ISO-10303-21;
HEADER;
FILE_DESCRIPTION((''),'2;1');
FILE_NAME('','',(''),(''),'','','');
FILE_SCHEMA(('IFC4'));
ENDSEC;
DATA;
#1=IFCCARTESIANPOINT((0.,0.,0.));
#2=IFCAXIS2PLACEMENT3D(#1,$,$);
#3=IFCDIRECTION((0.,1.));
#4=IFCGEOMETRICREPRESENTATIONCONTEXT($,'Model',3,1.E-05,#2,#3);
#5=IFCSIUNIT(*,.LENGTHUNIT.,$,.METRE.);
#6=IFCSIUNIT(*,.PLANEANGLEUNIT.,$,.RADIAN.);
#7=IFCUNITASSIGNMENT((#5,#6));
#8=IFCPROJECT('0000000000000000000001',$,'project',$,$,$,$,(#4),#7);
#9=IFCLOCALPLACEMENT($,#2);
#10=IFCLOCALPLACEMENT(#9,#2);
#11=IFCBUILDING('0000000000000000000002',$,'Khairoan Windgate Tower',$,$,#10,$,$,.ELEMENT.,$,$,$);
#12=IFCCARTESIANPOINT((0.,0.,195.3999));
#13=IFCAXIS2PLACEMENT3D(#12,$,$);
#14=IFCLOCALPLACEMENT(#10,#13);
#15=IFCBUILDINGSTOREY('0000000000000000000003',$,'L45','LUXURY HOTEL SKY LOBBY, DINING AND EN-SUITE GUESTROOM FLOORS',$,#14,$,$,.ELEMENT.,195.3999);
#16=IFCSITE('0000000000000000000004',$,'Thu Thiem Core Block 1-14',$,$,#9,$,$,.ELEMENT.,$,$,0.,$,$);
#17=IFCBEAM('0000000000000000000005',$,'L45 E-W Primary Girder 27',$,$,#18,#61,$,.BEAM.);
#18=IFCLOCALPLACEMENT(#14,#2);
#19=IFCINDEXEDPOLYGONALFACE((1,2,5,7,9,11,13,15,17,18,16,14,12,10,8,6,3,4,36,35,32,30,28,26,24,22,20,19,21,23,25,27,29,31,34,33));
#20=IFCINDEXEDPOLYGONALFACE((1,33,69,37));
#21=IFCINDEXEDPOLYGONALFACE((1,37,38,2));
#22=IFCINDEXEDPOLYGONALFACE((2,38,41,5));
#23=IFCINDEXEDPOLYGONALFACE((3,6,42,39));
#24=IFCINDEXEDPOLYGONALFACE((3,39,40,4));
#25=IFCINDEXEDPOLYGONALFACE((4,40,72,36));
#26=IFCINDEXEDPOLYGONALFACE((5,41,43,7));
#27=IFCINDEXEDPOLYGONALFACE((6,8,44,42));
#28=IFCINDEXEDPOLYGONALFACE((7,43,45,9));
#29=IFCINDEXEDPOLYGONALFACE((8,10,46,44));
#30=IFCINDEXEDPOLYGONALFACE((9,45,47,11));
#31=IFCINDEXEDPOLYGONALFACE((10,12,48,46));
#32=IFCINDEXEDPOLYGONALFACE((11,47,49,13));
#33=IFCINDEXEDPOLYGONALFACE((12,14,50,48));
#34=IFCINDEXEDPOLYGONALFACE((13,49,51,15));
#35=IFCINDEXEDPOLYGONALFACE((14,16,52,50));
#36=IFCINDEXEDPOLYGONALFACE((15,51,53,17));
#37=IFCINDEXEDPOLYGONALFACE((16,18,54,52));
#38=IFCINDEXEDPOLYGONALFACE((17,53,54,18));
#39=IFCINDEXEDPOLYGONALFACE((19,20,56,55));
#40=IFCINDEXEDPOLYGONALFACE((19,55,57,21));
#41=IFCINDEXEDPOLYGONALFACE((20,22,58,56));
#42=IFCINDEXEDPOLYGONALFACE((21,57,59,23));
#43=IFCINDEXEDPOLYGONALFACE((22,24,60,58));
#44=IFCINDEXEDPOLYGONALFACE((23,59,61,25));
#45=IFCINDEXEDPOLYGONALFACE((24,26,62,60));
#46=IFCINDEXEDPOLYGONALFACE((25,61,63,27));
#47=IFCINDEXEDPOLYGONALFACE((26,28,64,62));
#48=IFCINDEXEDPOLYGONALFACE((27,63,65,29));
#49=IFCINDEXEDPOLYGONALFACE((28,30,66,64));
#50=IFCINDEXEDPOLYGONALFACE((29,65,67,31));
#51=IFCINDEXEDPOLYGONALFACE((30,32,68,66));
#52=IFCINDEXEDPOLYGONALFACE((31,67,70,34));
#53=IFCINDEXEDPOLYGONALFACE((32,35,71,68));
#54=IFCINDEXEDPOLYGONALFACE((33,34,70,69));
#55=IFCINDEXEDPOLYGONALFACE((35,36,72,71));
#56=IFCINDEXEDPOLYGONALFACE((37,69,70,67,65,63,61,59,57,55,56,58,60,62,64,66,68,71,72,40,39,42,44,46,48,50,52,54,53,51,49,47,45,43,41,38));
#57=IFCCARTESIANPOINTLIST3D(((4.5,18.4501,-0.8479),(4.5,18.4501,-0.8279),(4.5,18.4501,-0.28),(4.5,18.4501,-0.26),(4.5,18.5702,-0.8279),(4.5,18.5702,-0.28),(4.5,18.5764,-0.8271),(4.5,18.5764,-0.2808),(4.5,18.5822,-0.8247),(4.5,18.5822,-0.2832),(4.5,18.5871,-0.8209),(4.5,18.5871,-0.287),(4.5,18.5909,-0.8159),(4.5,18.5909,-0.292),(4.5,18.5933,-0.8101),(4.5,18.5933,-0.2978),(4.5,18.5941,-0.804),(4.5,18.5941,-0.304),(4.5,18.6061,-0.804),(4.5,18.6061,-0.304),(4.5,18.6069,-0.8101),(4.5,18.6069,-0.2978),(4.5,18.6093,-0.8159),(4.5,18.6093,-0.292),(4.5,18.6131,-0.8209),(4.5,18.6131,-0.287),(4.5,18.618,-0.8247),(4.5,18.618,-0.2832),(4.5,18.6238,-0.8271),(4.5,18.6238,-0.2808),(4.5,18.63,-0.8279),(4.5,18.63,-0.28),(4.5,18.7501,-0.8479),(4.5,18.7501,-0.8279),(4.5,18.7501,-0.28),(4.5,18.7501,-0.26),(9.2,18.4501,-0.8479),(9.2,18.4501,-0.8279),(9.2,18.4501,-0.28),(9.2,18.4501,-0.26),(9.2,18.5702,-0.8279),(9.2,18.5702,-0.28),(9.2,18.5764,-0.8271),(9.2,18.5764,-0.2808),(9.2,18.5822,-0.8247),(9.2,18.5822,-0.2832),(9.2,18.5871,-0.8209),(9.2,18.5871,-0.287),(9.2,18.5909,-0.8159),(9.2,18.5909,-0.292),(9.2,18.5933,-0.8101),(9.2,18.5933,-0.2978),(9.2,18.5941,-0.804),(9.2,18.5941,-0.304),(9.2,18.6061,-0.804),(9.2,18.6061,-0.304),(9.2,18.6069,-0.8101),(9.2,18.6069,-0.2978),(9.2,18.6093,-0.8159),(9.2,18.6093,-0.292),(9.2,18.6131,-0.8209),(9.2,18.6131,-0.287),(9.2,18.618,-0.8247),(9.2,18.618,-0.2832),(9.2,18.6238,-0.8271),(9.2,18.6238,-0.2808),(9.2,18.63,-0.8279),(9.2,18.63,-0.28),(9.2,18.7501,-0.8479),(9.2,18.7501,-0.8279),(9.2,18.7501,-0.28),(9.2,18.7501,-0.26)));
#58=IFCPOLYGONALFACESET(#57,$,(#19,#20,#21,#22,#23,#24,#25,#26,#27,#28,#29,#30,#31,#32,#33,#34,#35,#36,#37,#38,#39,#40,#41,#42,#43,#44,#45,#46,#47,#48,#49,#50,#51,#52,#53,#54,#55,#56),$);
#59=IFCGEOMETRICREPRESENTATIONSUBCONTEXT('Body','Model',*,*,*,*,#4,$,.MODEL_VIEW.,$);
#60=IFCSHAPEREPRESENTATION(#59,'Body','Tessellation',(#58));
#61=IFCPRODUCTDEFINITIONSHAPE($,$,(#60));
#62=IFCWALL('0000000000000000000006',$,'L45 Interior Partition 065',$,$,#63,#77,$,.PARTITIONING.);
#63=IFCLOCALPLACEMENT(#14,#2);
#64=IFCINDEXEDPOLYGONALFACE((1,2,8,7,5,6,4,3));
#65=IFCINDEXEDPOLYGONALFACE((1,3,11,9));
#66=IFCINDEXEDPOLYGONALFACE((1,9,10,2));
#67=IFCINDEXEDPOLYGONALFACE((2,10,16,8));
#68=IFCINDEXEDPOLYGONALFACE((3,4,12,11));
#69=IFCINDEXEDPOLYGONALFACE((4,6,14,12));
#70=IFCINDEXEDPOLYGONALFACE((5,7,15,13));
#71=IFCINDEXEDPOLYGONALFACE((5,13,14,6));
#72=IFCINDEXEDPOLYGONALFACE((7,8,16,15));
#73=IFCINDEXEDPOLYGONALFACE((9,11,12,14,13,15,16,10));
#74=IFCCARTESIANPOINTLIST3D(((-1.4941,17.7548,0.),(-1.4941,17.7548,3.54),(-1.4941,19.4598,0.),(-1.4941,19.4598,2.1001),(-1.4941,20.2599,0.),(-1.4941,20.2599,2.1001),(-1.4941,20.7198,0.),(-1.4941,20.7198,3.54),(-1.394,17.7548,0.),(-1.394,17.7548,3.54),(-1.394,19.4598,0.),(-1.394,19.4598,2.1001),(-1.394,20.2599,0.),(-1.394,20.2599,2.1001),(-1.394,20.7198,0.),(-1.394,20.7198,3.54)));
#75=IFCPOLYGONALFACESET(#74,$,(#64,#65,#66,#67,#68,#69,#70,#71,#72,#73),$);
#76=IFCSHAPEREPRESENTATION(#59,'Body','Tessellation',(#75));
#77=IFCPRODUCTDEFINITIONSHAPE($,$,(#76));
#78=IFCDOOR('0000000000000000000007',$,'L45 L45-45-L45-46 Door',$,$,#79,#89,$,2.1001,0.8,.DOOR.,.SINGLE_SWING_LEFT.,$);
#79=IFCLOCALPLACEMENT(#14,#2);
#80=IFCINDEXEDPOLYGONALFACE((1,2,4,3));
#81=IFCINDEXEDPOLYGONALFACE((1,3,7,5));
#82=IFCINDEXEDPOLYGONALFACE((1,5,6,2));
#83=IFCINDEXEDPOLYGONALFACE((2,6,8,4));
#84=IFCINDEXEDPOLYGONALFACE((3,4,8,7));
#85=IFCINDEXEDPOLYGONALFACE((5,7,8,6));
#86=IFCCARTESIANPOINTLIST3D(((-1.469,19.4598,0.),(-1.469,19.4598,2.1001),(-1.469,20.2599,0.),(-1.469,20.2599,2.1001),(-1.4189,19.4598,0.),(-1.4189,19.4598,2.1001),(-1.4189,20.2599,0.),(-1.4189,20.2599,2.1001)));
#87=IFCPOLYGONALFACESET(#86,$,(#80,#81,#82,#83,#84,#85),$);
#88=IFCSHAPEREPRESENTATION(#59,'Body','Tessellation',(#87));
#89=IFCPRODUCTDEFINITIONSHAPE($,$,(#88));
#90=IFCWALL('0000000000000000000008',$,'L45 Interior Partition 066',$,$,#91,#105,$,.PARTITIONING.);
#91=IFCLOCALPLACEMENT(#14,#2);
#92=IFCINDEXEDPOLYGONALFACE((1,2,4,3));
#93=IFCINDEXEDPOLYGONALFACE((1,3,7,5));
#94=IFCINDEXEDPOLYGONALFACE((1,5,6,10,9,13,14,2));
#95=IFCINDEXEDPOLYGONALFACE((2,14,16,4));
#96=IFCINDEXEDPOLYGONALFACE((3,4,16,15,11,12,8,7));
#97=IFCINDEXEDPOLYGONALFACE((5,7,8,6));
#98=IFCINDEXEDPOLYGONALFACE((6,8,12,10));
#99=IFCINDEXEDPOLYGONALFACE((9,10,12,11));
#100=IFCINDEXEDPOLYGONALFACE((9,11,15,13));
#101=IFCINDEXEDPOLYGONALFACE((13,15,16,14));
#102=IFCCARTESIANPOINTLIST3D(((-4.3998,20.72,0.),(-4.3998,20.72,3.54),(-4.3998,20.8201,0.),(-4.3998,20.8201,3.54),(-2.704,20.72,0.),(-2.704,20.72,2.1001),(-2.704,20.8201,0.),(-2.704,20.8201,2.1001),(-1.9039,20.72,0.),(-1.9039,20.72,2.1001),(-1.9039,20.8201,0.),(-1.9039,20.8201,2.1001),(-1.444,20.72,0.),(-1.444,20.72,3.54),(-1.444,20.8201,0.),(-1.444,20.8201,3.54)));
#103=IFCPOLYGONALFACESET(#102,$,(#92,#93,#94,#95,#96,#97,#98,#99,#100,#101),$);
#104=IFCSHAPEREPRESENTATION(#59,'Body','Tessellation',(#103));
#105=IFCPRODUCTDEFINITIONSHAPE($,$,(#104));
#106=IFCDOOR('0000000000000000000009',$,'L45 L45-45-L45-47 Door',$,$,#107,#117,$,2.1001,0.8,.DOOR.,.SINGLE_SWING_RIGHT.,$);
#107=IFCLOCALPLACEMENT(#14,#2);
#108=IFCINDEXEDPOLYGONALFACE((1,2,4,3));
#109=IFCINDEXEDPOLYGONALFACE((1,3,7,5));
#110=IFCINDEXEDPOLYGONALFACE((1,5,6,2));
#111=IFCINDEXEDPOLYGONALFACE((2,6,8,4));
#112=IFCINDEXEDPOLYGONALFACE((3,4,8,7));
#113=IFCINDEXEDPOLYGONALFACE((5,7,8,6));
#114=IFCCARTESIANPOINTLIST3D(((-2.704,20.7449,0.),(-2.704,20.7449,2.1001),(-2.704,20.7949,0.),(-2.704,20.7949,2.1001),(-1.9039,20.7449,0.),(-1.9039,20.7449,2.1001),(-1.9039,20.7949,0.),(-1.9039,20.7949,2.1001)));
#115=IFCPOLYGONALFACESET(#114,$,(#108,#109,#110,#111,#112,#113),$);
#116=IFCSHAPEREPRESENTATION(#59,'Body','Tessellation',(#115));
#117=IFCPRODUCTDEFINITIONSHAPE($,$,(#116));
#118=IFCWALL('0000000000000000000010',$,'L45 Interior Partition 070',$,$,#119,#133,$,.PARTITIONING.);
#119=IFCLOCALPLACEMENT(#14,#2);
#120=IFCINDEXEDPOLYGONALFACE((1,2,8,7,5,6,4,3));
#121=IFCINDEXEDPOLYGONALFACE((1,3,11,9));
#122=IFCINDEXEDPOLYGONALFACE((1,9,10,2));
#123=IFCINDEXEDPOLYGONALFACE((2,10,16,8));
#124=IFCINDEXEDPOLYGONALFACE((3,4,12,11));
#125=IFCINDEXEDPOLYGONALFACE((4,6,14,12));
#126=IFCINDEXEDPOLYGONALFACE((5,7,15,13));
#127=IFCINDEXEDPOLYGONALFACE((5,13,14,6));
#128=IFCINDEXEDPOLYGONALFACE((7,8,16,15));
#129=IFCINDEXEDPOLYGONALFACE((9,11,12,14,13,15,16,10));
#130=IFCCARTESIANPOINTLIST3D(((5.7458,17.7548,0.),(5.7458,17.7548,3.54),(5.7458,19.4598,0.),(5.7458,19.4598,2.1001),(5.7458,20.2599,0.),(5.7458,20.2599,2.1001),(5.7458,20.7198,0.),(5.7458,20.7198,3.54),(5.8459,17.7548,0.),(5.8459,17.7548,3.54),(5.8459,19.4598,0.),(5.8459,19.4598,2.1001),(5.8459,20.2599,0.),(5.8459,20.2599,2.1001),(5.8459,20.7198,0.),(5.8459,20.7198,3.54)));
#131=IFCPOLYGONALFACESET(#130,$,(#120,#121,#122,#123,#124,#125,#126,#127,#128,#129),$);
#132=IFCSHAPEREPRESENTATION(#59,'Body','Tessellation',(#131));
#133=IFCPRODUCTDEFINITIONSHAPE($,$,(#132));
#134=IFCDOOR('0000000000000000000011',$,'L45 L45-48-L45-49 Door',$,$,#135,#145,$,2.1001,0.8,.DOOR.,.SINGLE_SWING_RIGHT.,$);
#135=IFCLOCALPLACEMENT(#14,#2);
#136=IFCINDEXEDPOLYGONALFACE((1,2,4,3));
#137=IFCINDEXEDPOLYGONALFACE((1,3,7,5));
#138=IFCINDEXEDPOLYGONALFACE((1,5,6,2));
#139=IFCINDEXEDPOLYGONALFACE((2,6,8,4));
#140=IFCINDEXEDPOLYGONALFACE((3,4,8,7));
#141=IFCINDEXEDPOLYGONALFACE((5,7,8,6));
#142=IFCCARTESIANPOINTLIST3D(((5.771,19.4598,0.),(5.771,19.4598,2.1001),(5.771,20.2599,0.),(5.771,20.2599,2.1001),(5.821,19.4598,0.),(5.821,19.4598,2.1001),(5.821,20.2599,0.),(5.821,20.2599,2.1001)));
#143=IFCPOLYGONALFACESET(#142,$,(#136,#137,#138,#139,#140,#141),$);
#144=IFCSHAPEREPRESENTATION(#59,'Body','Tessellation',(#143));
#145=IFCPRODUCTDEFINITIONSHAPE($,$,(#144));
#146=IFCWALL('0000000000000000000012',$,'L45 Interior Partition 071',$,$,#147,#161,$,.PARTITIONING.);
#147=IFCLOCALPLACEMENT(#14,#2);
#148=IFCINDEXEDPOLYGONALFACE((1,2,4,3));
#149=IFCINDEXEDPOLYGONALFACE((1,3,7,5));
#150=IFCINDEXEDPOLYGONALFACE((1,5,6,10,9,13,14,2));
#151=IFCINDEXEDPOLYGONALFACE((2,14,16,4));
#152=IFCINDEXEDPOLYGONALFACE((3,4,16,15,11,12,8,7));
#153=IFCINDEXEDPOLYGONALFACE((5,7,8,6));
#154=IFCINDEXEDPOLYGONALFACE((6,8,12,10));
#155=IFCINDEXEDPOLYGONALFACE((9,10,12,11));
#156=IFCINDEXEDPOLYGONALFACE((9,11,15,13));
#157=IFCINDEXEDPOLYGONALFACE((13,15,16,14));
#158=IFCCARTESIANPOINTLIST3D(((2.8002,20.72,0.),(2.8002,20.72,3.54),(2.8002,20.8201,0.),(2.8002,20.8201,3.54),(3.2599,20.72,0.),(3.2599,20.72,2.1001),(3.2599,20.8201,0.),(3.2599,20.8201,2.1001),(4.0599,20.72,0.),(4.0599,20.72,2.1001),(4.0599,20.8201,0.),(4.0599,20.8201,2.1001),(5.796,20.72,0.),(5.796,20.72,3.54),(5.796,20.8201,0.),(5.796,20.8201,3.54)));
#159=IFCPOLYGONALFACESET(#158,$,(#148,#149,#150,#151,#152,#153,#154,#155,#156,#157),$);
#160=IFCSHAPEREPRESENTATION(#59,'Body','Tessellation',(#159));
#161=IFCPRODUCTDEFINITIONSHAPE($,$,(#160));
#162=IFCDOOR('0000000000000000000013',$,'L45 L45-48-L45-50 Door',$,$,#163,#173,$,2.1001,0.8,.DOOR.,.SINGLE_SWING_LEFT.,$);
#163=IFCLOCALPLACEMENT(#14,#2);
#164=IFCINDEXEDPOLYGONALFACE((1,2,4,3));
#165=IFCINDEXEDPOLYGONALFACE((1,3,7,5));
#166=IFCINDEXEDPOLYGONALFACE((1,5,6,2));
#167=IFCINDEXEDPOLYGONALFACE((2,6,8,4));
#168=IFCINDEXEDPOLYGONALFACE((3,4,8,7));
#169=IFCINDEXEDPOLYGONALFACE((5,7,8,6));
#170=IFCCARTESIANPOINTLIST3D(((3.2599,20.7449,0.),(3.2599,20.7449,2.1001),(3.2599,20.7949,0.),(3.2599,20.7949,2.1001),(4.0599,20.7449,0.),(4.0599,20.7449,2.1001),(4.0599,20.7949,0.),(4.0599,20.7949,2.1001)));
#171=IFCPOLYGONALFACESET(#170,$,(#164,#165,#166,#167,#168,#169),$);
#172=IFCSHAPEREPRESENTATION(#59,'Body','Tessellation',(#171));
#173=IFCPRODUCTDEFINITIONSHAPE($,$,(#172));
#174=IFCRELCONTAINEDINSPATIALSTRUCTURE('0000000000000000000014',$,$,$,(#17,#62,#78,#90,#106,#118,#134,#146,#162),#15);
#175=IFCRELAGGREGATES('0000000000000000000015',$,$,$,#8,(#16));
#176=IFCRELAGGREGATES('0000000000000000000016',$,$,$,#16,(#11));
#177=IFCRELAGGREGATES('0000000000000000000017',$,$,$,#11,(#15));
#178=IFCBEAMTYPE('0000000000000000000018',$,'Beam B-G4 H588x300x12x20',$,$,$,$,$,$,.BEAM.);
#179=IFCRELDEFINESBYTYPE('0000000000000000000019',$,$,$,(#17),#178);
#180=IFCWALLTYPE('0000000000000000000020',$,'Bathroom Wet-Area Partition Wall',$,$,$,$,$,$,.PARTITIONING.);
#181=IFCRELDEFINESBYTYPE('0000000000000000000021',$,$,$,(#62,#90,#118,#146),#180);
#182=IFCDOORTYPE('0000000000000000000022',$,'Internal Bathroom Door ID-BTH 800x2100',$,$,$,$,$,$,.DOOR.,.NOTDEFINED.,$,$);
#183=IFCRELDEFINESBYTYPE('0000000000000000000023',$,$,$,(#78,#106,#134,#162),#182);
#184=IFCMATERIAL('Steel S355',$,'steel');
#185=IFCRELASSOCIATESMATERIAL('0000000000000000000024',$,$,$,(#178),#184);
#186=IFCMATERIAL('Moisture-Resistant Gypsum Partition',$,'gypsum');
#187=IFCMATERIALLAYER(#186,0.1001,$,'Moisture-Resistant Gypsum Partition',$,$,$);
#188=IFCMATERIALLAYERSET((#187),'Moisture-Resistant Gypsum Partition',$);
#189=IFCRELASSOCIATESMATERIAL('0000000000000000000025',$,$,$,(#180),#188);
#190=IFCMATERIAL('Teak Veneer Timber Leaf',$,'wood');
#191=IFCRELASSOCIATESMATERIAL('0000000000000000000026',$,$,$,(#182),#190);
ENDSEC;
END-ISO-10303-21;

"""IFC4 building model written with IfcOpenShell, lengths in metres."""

from ifc_helpers import new_model, si_unit, direction, frame, frame_2d, origin, origin_2d, place, context, subcontext, project, spatial, rectangle, i_section, extrude, material, layer, layer_set, material_profile, profile_set, type_object, element, fill, save


model = new_model("IFC4")

# Units and contexts
model_context = context("Model", 3, precision=1e-05, world=origin(), true_north=direction((0.0, 1.0)))
body_context = subcontext(model_context, "Body", "Model", "MODEL_VIEW")
ifc_project = project(units=[si_unit("LENGTHUNIT", "METRE"), si_unit("PLANEANGLEUNIT", "RADIAN")], contexts=[model_context])

# Site, building, storey
site_placement = place(None, origin())
site = spatial("IfcSite", under=ifc_project, at=site_placement, Name="Thu Thiem Core Block 1-14", CompositionType="ELEMENT", RefElevation=0.0)
building_placement = place(site_placement, origin())
building = spatial("IfcBuilding", under=site, at=building_placement, Name="Khairoan Windgate Tower", CompositionType="ELEMENT")
storey_placement = place(building_placement, frame((0.0, 0.0, 195.3999)))
storey = spatial("IfcBuildingStorey", under=building, at=storey_placement, Name="L45", Description="LUXURY HOTEL SKY LOBBY, DINING AND EN-SUITE GUESTROOM FLOORS", CompositionType="ELEMENT", Elevation=195.3999)

# Beam
ifc_material_1 = material(Name="Steel S355", Category="steel")
ifc_material_profile_1 = material_profile(ifc_material_1, i_section(OverallWidth=0.3, OverallDepth=0.5879, WebThickness=0.012, FlangeThickness=0.02, FilletRadius=0.0239, at=origin_2d()))
ifc_profile_set_1 = profile_set([ifc_material_profile_1], Name="Steel S355")
beam_type = type_object("IfcBeamType", Name="Beam B-G4 H588x300x12x20", PredefinedType="BEAM", material=ifc_profile_set_1)
beam_placement = place(storey_placement, frame((4.5, 18.6001, -0.554), z_axis=(1.0, 0.0, 0.0), x_axis=(0.0, 1.0, 0.0)))
element("IfcBeam", 1, at=beam_placement, inside=storey, type_object=beam_type, Name="L45 E-W Primary Girder 27", PredefinedType="BEAM", context=body_context, shape_type="SweptSolid", body=[
    extrude(i_section(OverallWidth=0.3, OverallDepth=0.5879, WebThickness=0.012, FlangeThickness=0.02, FilletRadius=0.0239, at=origin_2d()), origin(), (0.0, 0.0, 1.0), 4.7),
])

# Walls, openings, doors
ifc_material_2 = material(Name="Moisture-Resistant Gypsum Partition", Category="gypsum")
ifc_layer_1 = layer(ifc_material_2, 0.1001, Name="Moisture-Resistant Gypsum Partition")
ifc_layer_set_1 = layer_set([ifc_layer_1], Name="Moisture-Resistant Gypsum Partition")
wall_type_1 = type_object("IfcWallType", Name="Bathroom Wet-Area Partition Wall", PredefinedType="PARTITIONING", material=ifc_layer_set_1)
wall_1_placement = place(storey_placement, frame((-1.4441, 17.7549, 0.0), z_axis=(0.0, 0.0, 1.0), x_axis=(0.0, 1.0, 0.0)))
wall_1 = element("IfcWall", 2, at=wall_1_placement, inside=storey, type_object=wall_type_1, Name="L45 Interior Partition 065", PredefinedType="PARTITIONING", context=body_context, shape_type="SweptSolid", body=[
    extrude(rectangle(XDim=2.9651, YDim=0.1001, at=frame_2d((1.4824, 0.0))), origin(), (0.0, 0.0, 1.0), 3.54),
])
opening_1_placement = place(wall_1_placement, frame((1.7051, 0.0, 0.0)))
opening_1 = element("IfcOpeningElement", 3, at=opening_1_placement, cuts=wall_1, PredefinedType="OPENING", context=body_context, shape_type="SweptSolid", body=[
    extrude(rectangle(XDim=0.8, YDim=2.1001, at=frame_2d((0.3999, 1.05))), frame((0.0, 0.0601, 0.0), z_axis=(0.0, -1.0, 0.0), x_axis=(1.0, 0.0, 0.0)), (0.0, 0.0, 1.0), 0.1201),
])
ifc_material_3 = material(Name="Teak Veneer Timber Leaf", Category="wood")
door_type_1 = type_object("IfcDoorType", Name="Internal Bathroom Door ID-BTH 800x2100", OperationType="NOTDEFINED", PredefinedType="DOOR", material=ifc_material_3)
door_1_placement = place(opening_1_placement, origin())
door_1 = element("IfcDoor", 4, at=door_1_placement, inside=storey, type_object=door_type_1, Name="L45 L45-45-L45-46 Door", OperationType="SINGLE_SWING_LEFT", OverallHeight=2.1001, OverallWidth=0.8, PredefinedType="DOOR", context=body_context, shape_type="SweptSolid", body=[
    extrude(rectangle(XDim=0.8, YDim=2.1001, at=frame_2d((0.3999, 1.05))), frame((0.0, 0.0249, 0.0), z_axis=(0.0, -1.0, 0.0), x_axis=(1.0, 0.0, 0.0)), (0.0, 0.0, 1.0), 0.05),
])
fill(opening_1, door_1)
wall_2_placement = place(storey_placement, frame((-4.3999, 20.77, 0.0), z_axis=(0.0, 0.0, 1.0), x_axis=(1.0, 0.0, 0.0)))
wall_2 = element("IfcWall", 5, at=wall_2_placement, inside=storey, type_object=wall_type_1, Name="L45 Interior Partition 066", PredefinedType="PARTITIONING", context=body_context, shape_type="SweptSolid", body=[
    extrude(rectangle(XDim=2.9558, YDim=0.1001, at=frame_2d((1.478, 0.0))), origin(), (0.0, 0.0, 1.0), 3.54),
])
opening_2_placement = place(wall_2_placement, frame((1.696, 0.0, 0.0)))
opening_2 = element("IfcOpeningElement", 6, at=opening_2_placement, cuts=wall_2, PredefinedType="OPENING", context=body_context, shape_type="SweptSolid", body=[
    extrude(rectangle(XDim=0.8, YDim=2.1001, at=frame_2d((0.3999, 1.05))), frame((0.0, 0.0601, 0.0), z_axis=(0.0, -1.0, 0.0), x_axis=(1.0, 0.0, 0.0)), (0.0, 0.0, 1.0), 0.1201),
])
door_2_placement = place(opening_2_placement, origin())
door_2 = element("IfcDoor", 7, at=door_2_placement, inside=storey, type_object=door_type_1, Name="L45 L45-45-L45-47 Door", OperationType="SINGLE_SWING_RIGHT", OverallHeight=2.1001, OverallWidth=0.8, PredefinedType="DOOR", context=body_context, shape_type="SweptSolid", body=[
    extrude(rectangle(XDim=0.8, YDim=2.1001, at=frame_2d((0.3999, 1.05))), frame((0.0, 0.0249, 0.0), z_axis=(0.0, -1.0, 0.0), x_axis=(1.0, 0.0, 0.0)), (0.0, 0.0, 1.0), 0.05),
])
fill(opening_2, door_2)
wall_3_placement = place(storey_placement, frame((5.7959, 17.7549, 0.0), z_axis=(0.0, 0.0, 1.0), x_axis=(0.0, 1.0, 0.0)))
wall_3 = element("IfcWall", 8, at=wall_3_placement, inside=storey, type_object=wall_type_1, Name="L45 Interior Partition 070", PredefinedType="PARTITIONING", context=body_context, shape_type="SweptSolid", body=[
    extrude(rectangle(XDim=2.9651, YDim=0.1001, at=frame_2d((1.4824, 0.0))), origin(), (0.0, 0.0, 1.0), 3.54),
])
opening_3_placement = place(wall_3_placement, frame((1.7051, 0.0, 0.0)))
opening_3 = element("IfcOpeningElement", 9, at=opening_3_placement, cuts=wall_3, PredefinedType="OPENING", context=body_context, shape_type="SweptSolid", body=[
    extrude(rectangle(XDim=0.8, YDim=2.1001, at=frame_2d((0.3999, 1.05))), frame((0.0, 0.0601, 0.0), z_axis=(0.0, -1.0, 0.0), x_axis=(1.0, 0.0, 0.0)), (0.0, 0.0, 1.0), 0.1201),
])
door_3_placement = place(opening_3_placement, origin())
door_3 = element("IfcDoor", 10, at=door_3_placement, inside=storey, type_object=door_type_1, Name="L45 L45-48-L45-49 Door", OperationType="SINGLE_SWING_RIGHT", OverallHeight=2.1001, OverallWidth=0.8, PredefinedType="DOOR", context=body_context, shape_type="SweptSolid", body=[
    extrude(rectangle(XDim=0.8, YDim=2.1001, at=frame_2d((0.3999, 1.05))), frame((0.0, 0.0249, 0.0), z_axis=(0.0, -1.0, 0.0), x_axis=(1.0, 0.0, 0.0)), (0.0, 0.0, 1.0), 0.05),
])
fill(opening_3, door_3)
wall_4_placement = place(storey_placement, frame((2.8, 20.77, 0.0), z_axis=(0.0, 0.0, 1.0), x_axis=(1.0, 0.0, 0.0)))
wall_4 = element("IfcWall", 11, at=wall_4_placement, inside=storey, type_object=wall_type_1, Name="L45 Interior Partition 071", PredefinedType="PARTITIONING", context=body_context, shape_type="SweptSolid", body=[
    extrude(rectangle(XDim=2.9958, YDim=0.1001, at=frame_2d((1.498, 0.0))), origin(), (0.0, 0.0, 1.0), 3.54),
])
opening_4_placement = place(wall_4_placement, frame((0.46, 0.0, 0.0)))
opening_4 = element("IfcOpeningElement", 12, at=opening_4_placement, cuts=wall_4, PredefinedType="OPENING", context=body_context, shape_type="SweptSolid", body=[
    extrude(rectangle(XDim=0.8, YDim=2.1001, at=frame_2d((0.3999, 1.05))), frame((0.0, 0.0601, 0.0), z_axis=(0.0, -1.0, 0.0), x_axis=(1.0, 0.0, 0.0)), (0.0, 0.0, 1.0), 0.1201),
])
door_4_placement = place(opening_4_placement, origin())
door_4 = element("IfcDoor", 13, at=door_4_placement, inside=storey, type_object=door_type_1, Name="L45 L45-48-L45-50 Door", OperationType="SINGLE_SWING_LEFT", OverallHeight=2.1001, OverallWidth=0.8, PredefinedType="DOOR", context=body_context, shape_type="SweptSolid", body=[
    extrude(rectangle(XDim=0.8, YDim=2.1001, at=frame_2d((0.3999, 1.05))), frame((0.0, 0.0249, 0.0), z_axis=(0.0, -1.0, 0.0), x_axis=(1.0, 0.0, 0.0)), (0.0, 0.0, 1.0), 0.05),
])
fill(opening_4, door_4)

save(model, "model.ifc")
